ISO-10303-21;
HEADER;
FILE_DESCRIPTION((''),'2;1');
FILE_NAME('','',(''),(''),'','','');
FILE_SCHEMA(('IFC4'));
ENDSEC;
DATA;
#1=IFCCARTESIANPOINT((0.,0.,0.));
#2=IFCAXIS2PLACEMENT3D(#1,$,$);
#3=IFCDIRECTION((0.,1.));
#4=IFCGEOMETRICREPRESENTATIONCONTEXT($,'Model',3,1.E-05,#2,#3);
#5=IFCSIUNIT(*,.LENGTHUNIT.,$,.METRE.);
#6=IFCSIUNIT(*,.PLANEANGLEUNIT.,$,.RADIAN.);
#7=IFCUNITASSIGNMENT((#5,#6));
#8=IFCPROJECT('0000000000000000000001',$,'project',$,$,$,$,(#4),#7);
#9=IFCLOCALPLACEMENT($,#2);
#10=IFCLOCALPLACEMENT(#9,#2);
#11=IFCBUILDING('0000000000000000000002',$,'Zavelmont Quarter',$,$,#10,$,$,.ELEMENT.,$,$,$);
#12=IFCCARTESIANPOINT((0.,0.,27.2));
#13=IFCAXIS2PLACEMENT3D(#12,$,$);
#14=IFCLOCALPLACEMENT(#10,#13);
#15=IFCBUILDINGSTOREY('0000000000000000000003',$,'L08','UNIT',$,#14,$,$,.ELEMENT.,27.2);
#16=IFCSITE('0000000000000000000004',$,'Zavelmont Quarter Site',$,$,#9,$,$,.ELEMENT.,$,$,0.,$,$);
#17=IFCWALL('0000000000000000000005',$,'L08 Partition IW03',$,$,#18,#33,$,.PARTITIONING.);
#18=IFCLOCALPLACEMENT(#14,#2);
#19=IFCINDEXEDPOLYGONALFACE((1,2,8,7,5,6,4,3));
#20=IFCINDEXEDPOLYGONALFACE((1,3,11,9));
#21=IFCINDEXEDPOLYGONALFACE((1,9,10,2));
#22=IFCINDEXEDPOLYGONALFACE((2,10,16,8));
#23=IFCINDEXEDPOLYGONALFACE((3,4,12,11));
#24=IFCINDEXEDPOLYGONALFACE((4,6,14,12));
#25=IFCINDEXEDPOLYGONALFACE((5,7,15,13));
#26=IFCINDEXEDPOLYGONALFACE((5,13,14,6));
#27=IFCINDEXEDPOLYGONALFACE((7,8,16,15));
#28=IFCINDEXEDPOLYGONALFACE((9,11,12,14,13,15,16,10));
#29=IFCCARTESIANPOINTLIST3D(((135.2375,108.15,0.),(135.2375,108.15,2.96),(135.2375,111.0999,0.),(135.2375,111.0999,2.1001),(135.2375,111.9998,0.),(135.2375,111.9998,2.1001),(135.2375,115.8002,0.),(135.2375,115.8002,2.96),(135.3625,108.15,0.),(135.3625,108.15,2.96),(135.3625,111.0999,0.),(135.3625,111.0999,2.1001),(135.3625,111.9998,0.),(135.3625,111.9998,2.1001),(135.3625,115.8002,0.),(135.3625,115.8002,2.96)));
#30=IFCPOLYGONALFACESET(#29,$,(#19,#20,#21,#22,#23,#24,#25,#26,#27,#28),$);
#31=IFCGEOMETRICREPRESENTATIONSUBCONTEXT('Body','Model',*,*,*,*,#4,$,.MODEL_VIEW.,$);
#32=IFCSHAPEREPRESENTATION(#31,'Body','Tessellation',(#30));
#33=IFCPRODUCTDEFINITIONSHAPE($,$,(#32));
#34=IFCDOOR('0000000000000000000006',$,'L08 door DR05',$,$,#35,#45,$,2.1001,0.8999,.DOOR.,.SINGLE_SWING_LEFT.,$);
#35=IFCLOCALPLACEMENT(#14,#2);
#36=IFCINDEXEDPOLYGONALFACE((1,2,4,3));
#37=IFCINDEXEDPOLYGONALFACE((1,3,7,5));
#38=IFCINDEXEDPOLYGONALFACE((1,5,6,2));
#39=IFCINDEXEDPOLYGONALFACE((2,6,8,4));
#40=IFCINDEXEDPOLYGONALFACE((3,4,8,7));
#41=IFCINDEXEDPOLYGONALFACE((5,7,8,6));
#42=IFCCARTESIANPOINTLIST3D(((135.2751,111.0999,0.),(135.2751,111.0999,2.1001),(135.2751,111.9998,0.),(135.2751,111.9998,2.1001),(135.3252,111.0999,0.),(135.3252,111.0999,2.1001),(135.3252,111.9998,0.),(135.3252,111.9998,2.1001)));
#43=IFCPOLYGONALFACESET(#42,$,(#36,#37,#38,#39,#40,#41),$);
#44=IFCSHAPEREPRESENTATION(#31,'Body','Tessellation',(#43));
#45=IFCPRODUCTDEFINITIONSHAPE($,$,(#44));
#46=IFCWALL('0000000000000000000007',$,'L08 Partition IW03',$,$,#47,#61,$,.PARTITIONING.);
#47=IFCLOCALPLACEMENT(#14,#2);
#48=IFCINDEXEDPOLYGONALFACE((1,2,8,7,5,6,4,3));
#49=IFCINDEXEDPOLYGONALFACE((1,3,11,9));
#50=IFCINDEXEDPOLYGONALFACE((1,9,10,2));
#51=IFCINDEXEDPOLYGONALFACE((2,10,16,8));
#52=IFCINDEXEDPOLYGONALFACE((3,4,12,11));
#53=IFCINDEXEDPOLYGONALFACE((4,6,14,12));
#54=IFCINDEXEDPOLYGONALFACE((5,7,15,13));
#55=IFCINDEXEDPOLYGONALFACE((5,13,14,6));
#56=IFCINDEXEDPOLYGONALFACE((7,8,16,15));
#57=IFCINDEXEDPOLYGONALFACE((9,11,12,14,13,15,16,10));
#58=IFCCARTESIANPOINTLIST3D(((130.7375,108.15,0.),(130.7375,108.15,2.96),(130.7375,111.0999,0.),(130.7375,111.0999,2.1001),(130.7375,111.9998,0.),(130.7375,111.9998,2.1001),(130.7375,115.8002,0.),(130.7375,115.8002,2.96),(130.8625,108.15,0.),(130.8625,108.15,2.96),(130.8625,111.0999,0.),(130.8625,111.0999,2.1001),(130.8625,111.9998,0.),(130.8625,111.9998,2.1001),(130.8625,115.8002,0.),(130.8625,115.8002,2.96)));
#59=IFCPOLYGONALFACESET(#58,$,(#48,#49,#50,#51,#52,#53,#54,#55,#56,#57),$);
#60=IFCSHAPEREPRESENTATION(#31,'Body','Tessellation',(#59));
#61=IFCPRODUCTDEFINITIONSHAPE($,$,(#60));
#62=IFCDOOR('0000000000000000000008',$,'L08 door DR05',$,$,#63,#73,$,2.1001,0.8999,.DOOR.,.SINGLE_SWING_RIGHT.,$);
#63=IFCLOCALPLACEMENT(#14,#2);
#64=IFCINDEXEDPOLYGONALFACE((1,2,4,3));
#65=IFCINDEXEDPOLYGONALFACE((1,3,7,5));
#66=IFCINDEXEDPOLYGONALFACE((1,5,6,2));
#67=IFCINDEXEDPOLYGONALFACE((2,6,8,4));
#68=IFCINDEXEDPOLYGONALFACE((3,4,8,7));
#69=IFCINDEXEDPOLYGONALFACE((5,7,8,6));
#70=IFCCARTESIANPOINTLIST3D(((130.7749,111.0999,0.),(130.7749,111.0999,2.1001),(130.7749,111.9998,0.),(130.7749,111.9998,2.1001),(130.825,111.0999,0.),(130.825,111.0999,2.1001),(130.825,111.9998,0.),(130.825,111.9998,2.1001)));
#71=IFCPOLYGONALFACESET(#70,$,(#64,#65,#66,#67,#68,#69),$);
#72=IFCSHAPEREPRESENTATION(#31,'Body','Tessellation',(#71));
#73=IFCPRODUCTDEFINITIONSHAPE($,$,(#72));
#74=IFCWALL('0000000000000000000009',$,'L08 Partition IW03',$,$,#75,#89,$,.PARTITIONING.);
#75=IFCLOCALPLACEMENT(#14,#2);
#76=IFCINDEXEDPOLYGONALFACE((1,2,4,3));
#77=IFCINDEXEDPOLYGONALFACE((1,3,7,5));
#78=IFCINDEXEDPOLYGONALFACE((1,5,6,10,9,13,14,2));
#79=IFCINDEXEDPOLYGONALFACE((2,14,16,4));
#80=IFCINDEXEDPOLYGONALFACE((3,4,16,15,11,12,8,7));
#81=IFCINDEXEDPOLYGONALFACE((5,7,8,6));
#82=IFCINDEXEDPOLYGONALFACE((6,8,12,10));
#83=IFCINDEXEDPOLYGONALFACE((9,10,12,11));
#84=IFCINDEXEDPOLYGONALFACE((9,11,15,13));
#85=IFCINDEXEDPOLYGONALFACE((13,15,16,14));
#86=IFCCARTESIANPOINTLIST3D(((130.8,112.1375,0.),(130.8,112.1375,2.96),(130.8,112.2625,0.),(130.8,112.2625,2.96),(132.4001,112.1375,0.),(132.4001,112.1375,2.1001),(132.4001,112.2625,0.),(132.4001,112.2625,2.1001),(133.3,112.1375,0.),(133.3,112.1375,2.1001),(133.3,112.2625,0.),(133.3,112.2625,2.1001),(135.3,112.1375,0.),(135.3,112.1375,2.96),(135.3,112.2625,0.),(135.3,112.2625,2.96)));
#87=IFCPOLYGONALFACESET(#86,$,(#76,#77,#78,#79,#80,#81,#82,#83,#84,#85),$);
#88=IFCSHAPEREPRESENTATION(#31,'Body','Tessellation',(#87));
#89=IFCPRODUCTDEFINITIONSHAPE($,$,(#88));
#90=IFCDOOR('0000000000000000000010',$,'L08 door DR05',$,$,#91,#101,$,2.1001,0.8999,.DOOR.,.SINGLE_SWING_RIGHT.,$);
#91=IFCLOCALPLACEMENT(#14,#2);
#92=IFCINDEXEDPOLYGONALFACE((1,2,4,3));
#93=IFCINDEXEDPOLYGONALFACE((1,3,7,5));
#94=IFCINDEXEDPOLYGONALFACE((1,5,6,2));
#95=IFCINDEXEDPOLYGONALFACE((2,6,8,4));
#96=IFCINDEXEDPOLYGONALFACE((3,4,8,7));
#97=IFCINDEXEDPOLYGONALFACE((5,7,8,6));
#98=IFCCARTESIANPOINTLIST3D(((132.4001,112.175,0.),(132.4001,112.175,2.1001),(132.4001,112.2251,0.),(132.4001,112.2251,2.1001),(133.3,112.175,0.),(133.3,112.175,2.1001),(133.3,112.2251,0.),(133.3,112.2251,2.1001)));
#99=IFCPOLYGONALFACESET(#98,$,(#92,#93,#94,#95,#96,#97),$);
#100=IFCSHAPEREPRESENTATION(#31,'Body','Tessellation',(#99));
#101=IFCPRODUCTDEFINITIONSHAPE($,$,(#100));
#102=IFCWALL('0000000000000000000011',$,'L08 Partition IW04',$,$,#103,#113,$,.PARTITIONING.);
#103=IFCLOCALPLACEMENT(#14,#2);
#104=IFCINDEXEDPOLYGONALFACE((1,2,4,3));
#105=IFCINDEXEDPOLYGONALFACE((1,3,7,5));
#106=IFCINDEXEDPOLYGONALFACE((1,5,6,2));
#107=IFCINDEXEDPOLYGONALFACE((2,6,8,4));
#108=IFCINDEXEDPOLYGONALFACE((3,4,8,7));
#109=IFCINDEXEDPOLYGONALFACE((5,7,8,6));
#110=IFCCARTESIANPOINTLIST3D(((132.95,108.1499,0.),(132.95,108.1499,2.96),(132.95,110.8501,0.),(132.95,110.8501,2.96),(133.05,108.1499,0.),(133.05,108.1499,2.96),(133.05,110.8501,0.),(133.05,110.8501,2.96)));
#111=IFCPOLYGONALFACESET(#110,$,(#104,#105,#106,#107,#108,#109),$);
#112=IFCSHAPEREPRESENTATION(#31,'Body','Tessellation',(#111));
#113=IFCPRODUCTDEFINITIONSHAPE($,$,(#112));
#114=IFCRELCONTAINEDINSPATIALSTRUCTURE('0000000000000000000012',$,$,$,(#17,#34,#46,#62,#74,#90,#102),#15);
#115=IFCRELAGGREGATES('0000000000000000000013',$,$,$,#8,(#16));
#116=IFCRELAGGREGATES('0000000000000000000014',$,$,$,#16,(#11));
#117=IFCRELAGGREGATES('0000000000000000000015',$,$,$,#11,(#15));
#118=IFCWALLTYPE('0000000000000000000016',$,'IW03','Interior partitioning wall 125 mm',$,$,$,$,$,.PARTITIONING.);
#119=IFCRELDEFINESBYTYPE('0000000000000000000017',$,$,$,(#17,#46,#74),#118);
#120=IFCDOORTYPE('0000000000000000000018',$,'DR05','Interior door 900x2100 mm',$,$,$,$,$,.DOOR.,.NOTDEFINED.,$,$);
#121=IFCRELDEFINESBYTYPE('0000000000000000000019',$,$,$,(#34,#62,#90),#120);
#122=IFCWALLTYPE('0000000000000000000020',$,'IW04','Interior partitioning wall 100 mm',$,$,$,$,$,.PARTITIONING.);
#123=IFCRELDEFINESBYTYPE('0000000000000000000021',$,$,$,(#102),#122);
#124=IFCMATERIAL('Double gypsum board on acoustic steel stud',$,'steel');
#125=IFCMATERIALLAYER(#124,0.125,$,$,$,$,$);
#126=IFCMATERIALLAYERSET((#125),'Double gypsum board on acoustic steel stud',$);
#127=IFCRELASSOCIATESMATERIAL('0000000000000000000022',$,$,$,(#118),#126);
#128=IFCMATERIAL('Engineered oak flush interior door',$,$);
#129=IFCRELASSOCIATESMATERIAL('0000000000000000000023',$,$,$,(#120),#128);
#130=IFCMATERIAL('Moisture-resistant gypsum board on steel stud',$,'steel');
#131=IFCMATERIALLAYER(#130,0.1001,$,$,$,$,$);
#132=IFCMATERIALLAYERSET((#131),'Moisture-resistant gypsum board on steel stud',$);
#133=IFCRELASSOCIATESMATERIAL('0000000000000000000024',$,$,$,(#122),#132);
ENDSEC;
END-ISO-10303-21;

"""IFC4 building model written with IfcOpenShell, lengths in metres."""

from ifc_helpers import new_model, si_unit, direction, frame, frame_2d, origin, origin_with_axes, place, context, subcontext, project, spatial, rectangle, extrude, material, layer, layer_set, type_object, element, fill, save


model = new_model("IFC4")

# Units and contexts
model_context = context("Model", 3, precision=1e-05, world=origin(), true_north=direction((0.0, 1.0)))
body_context = subcontext(model_context, "Body", "Model", "MODEL_VIEW")
ifc_project = project(units=[si_unit("LENGTHUNIT", "METRE"), si_unit("PLANEANGLEUNIT", "RADIAN")], contexts=[model_context])

# Site, building, storey
site_placement = place(None, origin())
site = spatial("IfcSite", under=ifc_project, at=site_placement, Name="Zavelmont Quarter Site", CompositionType="ELEMENT", RefElevation=0.0)
building_placement = place(site_placement, origin())
building = spatial("IfcBuilding", under=site, at=building_placement, Name="Zavelmont Quarter", CompositionType="ELEMENT")
storey_placement = place(building_placement, frame((0.0, 0.0, 27.2)))
storey = spatial("IfcBuildingStorey", under=building, at=storey_placement, Name="L08", Description="UNIT", CompositionType="ELEMENT", Elevation=27.2)

# Walls, openings, doors
ifc_material_1 = material(Name="Double gypsum board on acoustic steel stud", Category="steel")
ifc_layer_1 = layer(ifc_material_1, 0.125)
ifc_layer_set_1 = layer_set([ifc_layer_1], Name="Double gypsum board on acoustic steel stud")
wall_type_1 = type_object("IfcWallType", Name="IW03", Description="Interior partitioning wall 125 mm", PredefinedType="PARTITIONING", material=ifc_layer_set_1)
wall_1_placement = place(storey_placement, frame((135.3, 108.1499, 0.0), z_axis=(0.0, 0.0, 1.0), x_axis=(0.0, 1.0, 0.0)))
wall_1 = element("IfcWall", 1, at=wall_1_placement, inside=storey, type_object=wall_type_1, Name="L08 Partition IW03", PredefinedType="PARTITIONING", context=body_context, shape_type="SweptSolid", body=[
    extrude(rectangle(XDim=7.6501, YDim=0.125, at=frame_2d((3.8252, 0.0))), origin(), (0.0, 0.0, 1.0), 2.96),
])
opening_1_placement = place(wall_1_placement, frame((2.95, 0.0, 0.0)))
opening_1 = element("IfcOpeningElement", 2, at=opening_1_placement, cuts=wall_1, PredefinedType="OPENING", context=body_context, shape_type="SweptSolid", body=[
    extrude(rectangle(XDim=0.8999, YDim=2.1001, at=frame_2d((0.45, 1.05))), frame((0.0, 0.0745, 0.0), z_axis=(0.0, -1.0, 0.0), x_axis=(1.0, 0.0, 0.0)), (0.0, 0.0, 1.0), 0.1489),
])
ifc_material_2 = material(Name="Engineered oak flush interior door")
door_type = type_object("IfcDoorType", Name="DR05", Description="Interior door 900x2100 mm", OperationType="NOTDEFINED", PredefinedType="DOOR", material=ifc_material_2)
door_1_placement = place(opening_1_placement, origin_with_axes())
door_1 = element("IfcDoor", 3, at=door_1_placement, inside=storey, type_object=door_type, Name="L08 door DR05", OperationType="SINGLE_SWING_LEFT", OverallHeight=2.1001, OverallWidth=0.8999, PredefinedType="DOOR", context=body_context, shape_type="SweptSolid", body=[
    extrude(rectangle(XDim=0.8999, YDim=2.1001, at=frame_2d((0.45, 1.05))), frame((0.0, 0.0249, 0.0), z_axis=(0.0, -1.0, 0.0), x_axis=(1.0, 0.0, 0.0)), (0.0, 0.0, 1.0), 0.05),
])
fill(opening_1, door_1)
wall_2_placement = place(storey_placement, frame((130.8, 108.1499, 0.0), z_axis=(0.0, 0.0, 1.0), x_axis=(0.0, 1.0, 0.0)))
wall_2 = element("IfcWall", 4, at=wall_2_placement, inside=storey, type_object=wall_type_1, Name="L08 Partition IW03", PredefinedType="PARTITIONING", context=body_context, shape_type="SweptSolid", body=[
    extrude(rectangle(XDim=7.6501, YDim=0.125, at=frame_2d((3.8252, 0.0))), origin(), (0.0, 0.0, 1.0), 2.96),
])
opening_2_placement = place(wall_2_placement, frame((2.95, 0.0, 0.0)))
opening_2 = element("IfcOpeningElement", 5, at=opening_2_placement, cuts=wall_2, PredefinedType="OPENING", context=body_context, shape_type="SweptSolid", body=[
    extrude(rectangle(XDim=0.8999, YDim=2.1001, at=frame_2d((0.45, 1.05))), frame((0.0, 0.0745, 0.0), z_axis=(0.0, -1.0, 0.0), x_axis=(1.0, 0.0, 0.0)), (0.0, 0.0, 1.0), 0.1489),
])
door_2_placement = place(opening_2_placement, frame((0.8999, 0.0, 0.0), z_axis=(0.0, 0.0, 1.0), x_axis=(-1.0, 0.0, 0.0)))
door_2 = element("IfcDoor", 6, at=door_2_placement, inside=storey, type_object=door_type, Name="L08 door DR05", OperationType="SINGLE_SWING_RIGHT", OverallHeight=2.1001, OverallWidth=0.8999, PredefinedType="DOOR", context=body_context, shape_type="SweptSolid", body=[
    extrude(rectangle(XDim=0.8999, YDim=2.1001, at=frame_2d((0.45, 1.05))), frame((0.0, 0.0249, 0.0), z_axis=(0.0, -1.0, 0.0), x_axis=(1.0, 0.0, 0.0)), (0.0, 0.0, 1.0), 0.05),
])
fill(opening_2, door_2)
wall_3_placement = place(storey_placement, frame((130.8, 112.2, 0.0), z_axis=(0.0, 0.0, 1.0), x_axis=(1.0, 0.0, 0.0)))
wall_3 = element("IfcWall", 7, at=wall_3_placement, inside=storey, type_object=wall_type_1, Name="L08 Partition IW03", PredefinedType="PARTITIONING", context=body_context, shape_type="SweptSolid", body=[
    extrude(rectangle(XDim=4.5, YDim=0.125, at=frame_2d((2.25, 0.0))), origin(), (0.0, 0.0, 1.0), 2.96),
])
opening_3_placement = place(wall_3_placement, frame((1.6001, 0.0, 0.0)))
opening_3 = element("IfcOpeningElement", 8, at=opening_3_placement, cuts=wall_3, PredefinedType="OPENING", context=body_context, shape_type="SweptSolid", body=[
    extrude(rectangle(XDim=0.8999, YDim=2.1001, at=frame_2d((0.45, 1.05))), frame((0.0, 0.0745, 0.0), z_axis=(0.0, -1.0, 0.0), x_axis=(1.0, 0.0, 0.0)), (0.0, 0.0, 1.0), 0.1489),
])
door_3_placement = place(opening_3_placement, frame((0.8999, 0.0, 0.0), z_axis=(0.0, 0.0, 1.0), x_axis=(-1.0, 0.0, 0.0)))
door_3 = element("IfcDoor", 9, at=door_3_placement, inside=storey, type_object=door_type, Name="L08 door DR05", OperationType="SINGLE_SWING_RIGHT", OverallHeight=2.1001, OverallWidth=0.8999, PredefinedType="DOOR", context=body_context, shape_type="SweptSolid", body=[
    extrude(rectangle(XDim=0.8999, YDim=2.1001, at=frame_2d((0.45, 1.05))), frame((0.0, 0.0249, 0.0), z_axis=(0.0, -1.0, 0.0), x_axis=(1.0, 0.0, 0.0)), (0.0, 0.0, 1.0), 0.05),
])
fill(opening_3, door_3)

# Wall
ifc_material_3 = material(Name="Moisture-resistant gypsum board on steel stud", Category="steel")
ifc_layer_2 = layer(ifc_material_3, 0.1001)
ifc_layer_set_2 = layer_set([ifc_layer_2], Name="Moisture-resistant gypsum board on steel stud")
wall_type_2 = type_object("IfcWallType", Name="IW04", Description="Interior partitioning wall 100 mm", PredefinedType="PARTITIONING", material=ifc_layer_set_2)
wall_4_placement = place(storey_placement, frame((133.0, 108.1499, 0.0), z_axis=(0.0, 0.0, 1.0), x_axis=(0.0, 1.0, 0.0)))
element("IfcWall", 10, at=wall_4_placement, inside=storey, type_object=wall_type_2, Name="L08 Partition IW04", PredefinedType="PARTITIONING", context=body_context, shape_type="SweptSolid", body=[
    extrude(rectangle(XDim=2.7002, YDim=0.1001, at=frame_2d((1.3501, 0.0))), origin(), (0.0, 0.0, 1.0), 2.96),
])

save(model, "model.ifc")
